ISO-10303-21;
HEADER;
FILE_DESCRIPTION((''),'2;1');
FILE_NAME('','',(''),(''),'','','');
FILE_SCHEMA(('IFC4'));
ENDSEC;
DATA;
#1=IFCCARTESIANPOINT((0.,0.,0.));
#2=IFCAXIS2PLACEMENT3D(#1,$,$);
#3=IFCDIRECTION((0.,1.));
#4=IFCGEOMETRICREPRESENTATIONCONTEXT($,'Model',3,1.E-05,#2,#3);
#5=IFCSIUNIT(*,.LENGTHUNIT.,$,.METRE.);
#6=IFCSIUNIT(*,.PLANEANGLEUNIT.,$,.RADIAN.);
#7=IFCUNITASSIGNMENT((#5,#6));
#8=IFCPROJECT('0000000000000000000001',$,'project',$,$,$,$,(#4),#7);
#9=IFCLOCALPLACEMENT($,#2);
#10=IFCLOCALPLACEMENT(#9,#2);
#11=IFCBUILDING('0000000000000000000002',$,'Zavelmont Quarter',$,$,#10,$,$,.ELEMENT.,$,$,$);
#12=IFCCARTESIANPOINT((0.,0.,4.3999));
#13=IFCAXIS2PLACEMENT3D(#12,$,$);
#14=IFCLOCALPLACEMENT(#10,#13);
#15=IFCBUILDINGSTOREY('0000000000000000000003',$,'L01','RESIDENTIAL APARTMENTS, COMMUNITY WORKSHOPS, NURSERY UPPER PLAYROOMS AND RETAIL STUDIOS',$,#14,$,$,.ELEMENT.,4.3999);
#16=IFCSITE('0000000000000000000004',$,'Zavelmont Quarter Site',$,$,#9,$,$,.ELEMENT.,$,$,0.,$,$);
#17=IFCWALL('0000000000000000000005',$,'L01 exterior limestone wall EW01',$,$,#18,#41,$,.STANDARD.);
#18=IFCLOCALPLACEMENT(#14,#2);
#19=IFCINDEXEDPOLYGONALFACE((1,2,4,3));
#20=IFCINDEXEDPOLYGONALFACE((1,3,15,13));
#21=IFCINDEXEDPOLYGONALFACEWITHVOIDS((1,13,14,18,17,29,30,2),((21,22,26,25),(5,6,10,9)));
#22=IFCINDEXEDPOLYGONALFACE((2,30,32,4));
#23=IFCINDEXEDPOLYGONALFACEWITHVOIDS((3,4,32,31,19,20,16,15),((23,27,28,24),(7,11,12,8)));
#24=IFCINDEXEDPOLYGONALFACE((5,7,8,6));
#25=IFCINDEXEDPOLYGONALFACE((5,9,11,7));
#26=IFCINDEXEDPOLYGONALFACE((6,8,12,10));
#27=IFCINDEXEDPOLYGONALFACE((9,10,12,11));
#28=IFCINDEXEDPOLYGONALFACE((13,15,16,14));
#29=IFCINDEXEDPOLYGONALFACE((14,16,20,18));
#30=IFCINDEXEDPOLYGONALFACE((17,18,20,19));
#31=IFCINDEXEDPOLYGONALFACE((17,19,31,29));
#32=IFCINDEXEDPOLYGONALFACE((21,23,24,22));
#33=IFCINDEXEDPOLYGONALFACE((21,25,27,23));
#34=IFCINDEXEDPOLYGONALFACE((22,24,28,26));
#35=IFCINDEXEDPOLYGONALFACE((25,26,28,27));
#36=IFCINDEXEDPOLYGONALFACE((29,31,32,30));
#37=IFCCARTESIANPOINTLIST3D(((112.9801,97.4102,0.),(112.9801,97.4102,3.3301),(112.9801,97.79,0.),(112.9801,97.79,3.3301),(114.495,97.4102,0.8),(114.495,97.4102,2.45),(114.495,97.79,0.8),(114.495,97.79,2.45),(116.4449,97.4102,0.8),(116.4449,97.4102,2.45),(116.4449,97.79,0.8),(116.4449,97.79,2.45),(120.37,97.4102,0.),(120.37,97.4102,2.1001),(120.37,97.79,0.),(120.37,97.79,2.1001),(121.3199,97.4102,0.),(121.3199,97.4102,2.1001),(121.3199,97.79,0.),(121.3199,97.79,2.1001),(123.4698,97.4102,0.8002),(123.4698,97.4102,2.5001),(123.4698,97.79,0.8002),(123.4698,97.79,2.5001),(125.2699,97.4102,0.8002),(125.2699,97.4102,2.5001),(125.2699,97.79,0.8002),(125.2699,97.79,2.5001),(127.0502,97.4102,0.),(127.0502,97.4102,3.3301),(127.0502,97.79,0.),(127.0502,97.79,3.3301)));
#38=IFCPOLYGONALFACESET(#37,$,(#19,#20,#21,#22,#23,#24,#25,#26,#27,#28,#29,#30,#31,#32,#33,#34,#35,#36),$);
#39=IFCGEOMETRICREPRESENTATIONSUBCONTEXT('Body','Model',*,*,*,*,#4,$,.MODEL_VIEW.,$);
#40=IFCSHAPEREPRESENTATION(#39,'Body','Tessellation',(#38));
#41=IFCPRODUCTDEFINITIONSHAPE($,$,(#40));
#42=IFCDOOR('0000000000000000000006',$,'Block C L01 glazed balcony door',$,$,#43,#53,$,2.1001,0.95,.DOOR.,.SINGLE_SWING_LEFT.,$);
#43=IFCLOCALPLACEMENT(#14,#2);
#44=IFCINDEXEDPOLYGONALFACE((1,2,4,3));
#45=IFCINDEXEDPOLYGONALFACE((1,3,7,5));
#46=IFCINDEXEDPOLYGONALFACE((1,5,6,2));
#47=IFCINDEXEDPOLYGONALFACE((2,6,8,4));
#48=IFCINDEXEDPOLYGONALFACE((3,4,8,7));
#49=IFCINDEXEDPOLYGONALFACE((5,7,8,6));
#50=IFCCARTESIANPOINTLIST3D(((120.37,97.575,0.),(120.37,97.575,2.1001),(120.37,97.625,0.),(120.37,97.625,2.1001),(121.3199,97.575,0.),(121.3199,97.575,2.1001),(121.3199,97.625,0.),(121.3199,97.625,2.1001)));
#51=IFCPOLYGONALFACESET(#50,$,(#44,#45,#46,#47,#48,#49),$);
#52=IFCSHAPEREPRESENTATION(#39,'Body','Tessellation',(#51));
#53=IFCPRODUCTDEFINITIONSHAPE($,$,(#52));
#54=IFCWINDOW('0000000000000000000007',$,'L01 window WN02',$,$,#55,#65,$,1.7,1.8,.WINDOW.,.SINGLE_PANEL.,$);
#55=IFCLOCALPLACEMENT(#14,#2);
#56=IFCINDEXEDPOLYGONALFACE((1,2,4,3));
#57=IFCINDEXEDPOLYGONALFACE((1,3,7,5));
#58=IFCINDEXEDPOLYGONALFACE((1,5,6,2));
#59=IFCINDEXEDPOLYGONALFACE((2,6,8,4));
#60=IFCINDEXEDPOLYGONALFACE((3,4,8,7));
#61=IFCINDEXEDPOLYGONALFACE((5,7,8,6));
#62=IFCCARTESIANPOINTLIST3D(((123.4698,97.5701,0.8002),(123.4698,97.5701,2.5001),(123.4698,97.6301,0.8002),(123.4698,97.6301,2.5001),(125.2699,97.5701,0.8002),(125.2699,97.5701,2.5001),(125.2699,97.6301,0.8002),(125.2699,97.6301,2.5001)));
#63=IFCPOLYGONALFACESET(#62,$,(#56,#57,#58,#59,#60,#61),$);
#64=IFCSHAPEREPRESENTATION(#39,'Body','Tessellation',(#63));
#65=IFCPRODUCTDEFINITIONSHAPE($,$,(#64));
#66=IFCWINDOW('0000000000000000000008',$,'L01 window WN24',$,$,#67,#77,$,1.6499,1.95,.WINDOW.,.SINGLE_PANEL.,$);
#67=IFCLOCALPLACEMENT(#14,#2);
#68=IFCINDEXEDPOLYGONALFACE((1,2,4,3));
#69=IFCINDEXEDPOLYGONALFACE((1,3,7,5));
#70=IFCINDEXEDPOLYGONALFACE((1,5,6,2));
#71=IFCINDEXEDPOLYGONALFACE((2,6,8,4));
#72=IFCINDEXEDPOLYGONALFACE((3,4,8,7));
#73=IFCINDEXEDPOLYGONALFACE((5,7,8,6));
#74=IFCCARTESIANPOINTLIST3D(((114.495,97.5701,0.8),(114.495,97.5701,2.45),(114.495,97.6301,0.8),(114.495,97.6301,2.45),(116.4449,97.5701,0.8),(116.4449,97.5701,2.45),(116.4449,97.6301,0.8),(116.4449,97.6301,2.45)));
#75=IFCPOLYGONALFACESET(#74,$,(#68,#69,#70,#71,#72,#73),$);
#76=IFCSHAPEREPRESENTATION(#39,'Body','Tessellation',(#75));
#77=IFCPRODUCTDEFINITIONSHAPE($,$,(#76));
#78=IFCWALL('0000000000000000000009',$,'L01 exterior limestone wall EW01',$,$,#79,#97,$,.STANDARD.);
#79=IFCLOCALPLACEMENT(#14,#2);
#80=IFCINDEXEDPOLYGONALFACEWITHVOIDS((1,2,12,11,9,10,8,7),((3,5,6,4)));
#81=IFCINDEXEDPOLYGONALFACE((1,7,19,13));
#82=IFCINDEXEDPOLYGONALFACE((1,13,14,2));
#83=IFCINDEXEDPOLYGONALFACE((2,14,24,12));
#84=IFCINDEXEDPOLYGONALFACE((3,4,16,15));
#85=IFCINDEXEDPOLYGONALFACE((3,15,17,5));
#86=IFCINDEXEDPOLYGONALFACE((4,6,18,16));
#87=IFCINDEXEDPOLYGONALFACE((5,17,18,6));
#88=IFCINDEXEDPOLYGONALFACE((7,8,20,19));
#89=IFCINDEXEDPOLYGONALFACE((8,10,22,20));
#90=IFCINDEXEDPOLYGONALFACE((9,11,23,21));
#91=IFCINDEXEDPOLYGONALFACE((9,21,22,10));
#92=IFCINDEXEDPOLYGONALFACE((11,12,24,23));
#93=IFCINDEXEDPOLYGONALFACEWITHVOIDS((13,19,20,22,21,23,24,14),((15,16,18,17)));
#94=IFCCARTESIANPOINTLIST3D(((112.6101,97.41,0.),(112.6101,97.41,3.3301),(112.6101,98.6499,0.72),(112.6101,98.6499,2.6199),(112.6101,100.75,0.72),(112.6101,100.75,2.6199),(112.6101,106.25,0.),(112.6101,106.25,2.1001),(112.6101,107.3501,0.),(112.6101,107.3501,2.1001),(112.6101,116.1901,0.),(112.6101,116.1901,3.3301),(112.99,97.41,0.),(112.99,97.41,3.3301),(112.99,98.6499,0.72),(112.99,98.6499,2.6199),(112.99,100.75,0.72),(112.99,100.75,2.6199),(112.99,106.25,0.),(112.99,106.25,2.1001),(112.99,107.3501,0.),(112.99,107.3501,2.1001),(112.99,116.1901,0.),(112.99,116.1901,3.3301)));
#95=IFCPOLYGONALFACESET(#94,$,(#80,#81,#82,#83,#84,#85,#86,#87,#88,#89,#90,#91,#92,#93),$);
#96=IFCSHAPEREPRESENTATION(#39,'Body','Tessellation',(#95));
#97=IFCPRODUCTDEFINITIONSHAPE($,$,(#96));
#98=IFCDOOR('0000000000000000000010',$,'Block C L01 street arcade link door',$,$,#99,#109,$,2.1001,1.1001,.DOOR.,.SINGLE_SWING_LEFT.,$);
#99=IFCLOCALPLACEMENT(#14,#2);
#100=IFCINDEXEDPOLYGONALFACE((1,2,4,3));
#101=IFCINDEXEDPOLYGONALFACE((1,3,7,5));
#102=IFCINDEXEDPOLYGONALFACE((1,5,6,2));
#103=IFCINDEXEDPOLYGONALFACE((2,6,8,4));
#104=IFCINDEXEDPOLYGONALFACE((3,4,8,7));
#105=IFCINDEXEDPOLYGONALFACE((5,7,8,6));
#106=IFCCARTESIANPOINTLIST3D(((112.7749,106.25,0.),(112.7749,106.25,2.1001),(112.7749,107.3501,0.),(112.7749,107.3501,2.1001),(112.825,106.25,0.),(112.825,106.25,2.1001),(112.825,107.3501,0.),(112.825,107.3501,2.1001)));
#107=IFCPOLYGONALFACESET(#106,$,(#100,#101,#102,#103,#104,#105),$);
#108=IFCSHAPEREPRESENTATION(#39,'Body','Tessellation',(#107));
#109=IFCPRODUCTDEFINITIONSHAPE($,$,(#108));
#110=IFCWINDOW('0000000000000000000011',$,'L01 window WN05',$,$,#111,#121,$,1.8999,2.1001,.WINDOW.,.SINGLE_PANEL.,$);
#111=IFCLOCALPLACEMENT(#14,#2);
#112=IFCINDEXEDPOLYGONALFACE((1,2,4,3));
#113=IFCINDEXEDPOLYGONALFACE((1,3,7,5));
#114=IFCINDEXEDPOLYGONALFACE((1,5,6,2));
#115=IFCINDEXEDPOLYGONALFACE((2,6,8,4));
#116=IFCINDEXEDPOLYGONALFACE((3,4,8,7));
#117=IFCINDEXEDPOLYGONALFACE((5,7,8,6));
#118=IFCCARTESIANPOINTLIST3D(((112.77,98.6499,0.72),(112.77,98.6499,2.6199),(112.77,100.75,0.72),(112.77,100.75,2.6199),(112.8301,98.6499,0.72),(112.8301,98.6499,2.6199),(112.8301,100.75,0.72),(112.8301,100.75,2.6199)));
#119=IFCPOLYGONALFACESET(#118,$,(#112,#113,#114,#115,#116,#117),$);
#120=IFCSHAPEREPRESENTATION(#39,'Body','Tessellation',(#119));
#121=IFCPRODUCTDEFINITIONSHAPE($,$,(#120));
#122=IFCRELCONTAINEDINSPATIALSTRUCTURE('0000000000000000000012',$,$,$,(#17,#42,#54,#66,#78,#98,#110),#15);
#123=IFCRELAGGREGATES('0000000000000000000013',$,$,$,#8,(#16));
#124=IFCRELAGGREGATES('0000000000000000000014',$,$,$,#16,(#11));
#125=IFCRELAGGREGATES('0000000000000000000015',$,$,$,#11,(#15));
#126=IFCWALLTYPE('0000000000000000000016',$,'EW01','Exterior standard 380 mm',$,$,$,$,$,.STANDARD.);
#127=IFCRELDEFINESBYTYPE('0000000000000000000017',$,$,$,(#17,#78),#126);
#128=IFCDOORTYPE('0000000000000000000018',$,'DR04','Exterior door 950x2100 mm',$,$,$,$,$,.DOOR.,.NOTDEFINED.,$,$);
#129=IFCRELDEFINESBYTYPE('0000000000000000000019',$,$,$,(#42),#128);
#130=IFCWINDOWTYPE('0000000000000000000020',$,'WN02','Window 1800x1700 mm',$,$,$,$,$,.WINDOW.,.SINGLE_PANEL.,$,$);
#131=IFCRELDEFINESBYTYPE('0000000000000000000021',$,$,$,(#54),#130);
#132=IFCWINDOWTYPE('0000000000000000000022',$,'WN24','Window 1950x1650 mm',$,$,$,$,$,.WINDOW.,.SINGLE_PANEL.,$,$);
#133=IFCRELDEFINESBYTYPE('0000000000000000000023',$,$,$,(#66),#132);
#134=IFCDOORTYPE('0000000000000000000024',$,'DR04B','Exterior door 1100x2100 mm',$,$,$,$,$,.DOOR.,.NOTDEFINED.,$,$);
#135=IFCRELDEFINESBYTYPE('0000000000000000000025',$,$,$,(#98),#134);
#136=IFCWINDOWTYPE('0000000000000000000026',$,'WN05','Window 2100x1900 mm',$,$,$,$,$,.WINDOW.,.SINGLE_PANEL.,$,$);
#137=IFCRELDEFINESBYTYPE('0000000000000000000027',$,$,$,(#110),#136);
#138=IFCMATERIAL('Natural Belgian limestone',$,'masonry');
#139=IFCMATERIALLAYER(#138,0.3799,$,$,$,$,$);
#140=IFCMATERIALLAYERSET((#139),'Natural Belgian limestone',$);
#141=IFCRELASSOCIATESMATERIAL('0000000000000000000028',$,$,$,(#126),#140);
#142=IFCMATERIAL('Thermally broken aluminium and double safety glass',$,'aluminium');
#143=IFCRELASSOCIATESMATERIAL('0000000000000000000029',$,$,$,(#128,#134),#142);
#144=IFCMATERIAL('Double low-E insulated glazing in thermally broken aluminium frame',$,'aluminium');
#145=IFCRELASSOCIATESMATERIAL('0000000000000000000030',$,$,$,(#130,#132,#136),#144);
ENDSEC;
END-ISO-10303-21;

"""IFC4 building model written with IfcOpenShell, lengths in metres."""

from ifc_helpers import new_model, si_unit, direction, frame, frame_2d, origin, origin_with_axes, place, context, subcontext, project, spatial, rectangle, extrude, material, layer, layer_set, type_object, element, fill, save


model = new_model("IFC4")

# Units and contexts
model_context = context("Model", 3, precision=1e-05, world=origin(), true_north=direction((0.0, 1.0)))
body_context = subcontext(model_context, "Body", "Model", "MODEL_VIEW")
ifc_project = project(units=[si_unit("LENGTHUNIT", "METRE"), si_unit("PLANEANGLEUNIT", "RADIAN")], contexts=[model_context])

# Site, building, storey
site_placement = place(None, origin())
site = spatial("IfcSite", under=ifc_project, at=site_placement, Name="Zavelmont Quarter Site", CompositionType="ELEMENT", RefElevation=0.0)
building_placement = place(site_placement, origin())
building = spatial("IfcBuilding", under=site, at=building_placement, Name="Zavelmont Quarter", CompositionType="ELEMENT")
storey_placement = place(building_placement, frame((0.0, 0.0, 4.3999)))
storey = spatial("IfcBuildingStorey", under=building, at=storey_placement, Name="L01", Description="RESIDENTIAL APARTMENTS, COMMUNITY WORKSHOPS, NURSERY UPPER PLAYROOMS AND RETAIL STUDIOS", CompositionType="ELEMENT", Elevation=4.3999)

# Wall, openings, door, windows
ifc_material_1 = material(Name="Natural Belgian limestone", Category="masonry")
ifc_layer_1 = layer(ifc_material_1, 0.3799)
ifc_layer_set_1 = layer_set([ifc_layer_1], Name="Natural Belgian limestone")
wall_type_1 = type_object("IfcWallType", Name="EW01", Description="Exterior standard 380 mm", PredefinedType="STANDARD", material=ifc_layer_set_1)
wall_1_placement = place(storey_placement, frame((112.98, 97.6001, 0.0), z_axis=(0.0, 0.0, 1.0), x_axis=(1.0, 0.0, 0.0)))
wall_1 = element("IfcWall", 1, at=wall_1_placement, inside=storey, type_object=wall_type_1, Name="L01 exterior limestone wall EW01", PredefinedType="STANDARD", context=body_context, shape_type="SweptSolid", body=[
    extrude(rectangle(XDim=14.0701, YDim=0.3799, at=frame_2d((7.0352, 0.0))), origin(), (0.0, 0.0, 1.0), 3.3301),
])
opening_1_placement = place(wall_1_placement, frame((7.3899, 0.0, 0.0)))
opening_1 = element("IfcOpeningElement", 2, at=opening_1_placement, cuts=wall_1, PredefinedType="OPENING", context=body_context, shape_type="SweptSolid", body=[
    extrude(rectangle(XDim=0.95, YDim=2.1001, at=frame_2d((0.4751, 1.05))), frame((0.0, 0.2019, 0.0), z_axis=(0.0, -1.0, 0.0), x_axis=(1.0, 0.0, 0.0)), (0.0, 0.0, 1.0), 0.4038),
])
opening_2_placement = place(wall_1_placement, frame((1.5149, 0.0, 0.8)))
opening_2 = element("IfcOpeningElement", 3, at=opening_2_placement, cuts=wall_1, PredefinedType="OPENING", context=body_context, shape_type="SweptSolid", body=[
    extrude(rectangle(XDim=1.95, YDim=1.6499, at=frame_2d((0.9751, 0.825))), frame((0.0, 0.2019, 0.0), z_axis=(0.0, -1.0, 0.0), x_axis=(1.0, 0.0, 0.0)), (0.0, 0.0, 1.0), 0.4038),
])
opening_3_placement = place(wall_1_placement, frame((10.49, 0.0, 0.8)))
opening_3 = element("IfcOpeningElement", 4, at=opening_3_placement, cuts=wall_1, PredefinedType="OPENING", context=body_context, shape_type="SweptSolid", body=[
    extrude(rectangle(XDim=1.8, YDim=1.7, at=frame_2d((0.8999, 0.8501))), frame((0.0, 0.2019, 0.0), z_axis=(0.0, -1.0, 0.0), x_axis=(1.0, 0.0, 0.0)), (0.0, 0.0, 1.0), 0.4038),
])
ifc_material_2 = material(Name="Thermally broken aluminium and double safety glass", Category="aluminium")
door_type_1 = type_object("IfcDoorType", Name="DR04", Description="Exterior door 950x2100 mm", OperationType="NOTDEFINED", PredefinedType="DOOR", material=ifc_material_2)
door_1_placement = place(opening_1_placement, origin_with_axes())
door_1 = element("IfcDoor", 5, at=door_1_placement, inside=storey, type_object=door_type_1, Name="Block C L01 glazed balcony door", OperationType="SINGLE_SWING_LEFT", OverallHeight=2.1001, OverallWidth=0.95, PredefinedType="DOOR", context=body_context, shape_type="SweptSolid", body=[
    extrude(rectangle(XDim=0.95, YDim=2.1001, at=frame_2d((0.4751, 1.05))), frame((0.0, 0.0249, 0.0), z_axis=(0.0, -1.0, 0.0), x_axis=(1.0, 0.0, 0.0)), (0.0, 0.0, 1.0), 0.05),
])
fill(opening_1, door_1)
ifc_material_3 = material(Name="Double low-E insulated glazing in thermally broken aluminium frame", Category="aluminium")
window_type_1 = type_object("IfcWindowType", Name="WN02", Description="Window 1800x1700 mm", PartitioningType="SINGLE_PANEL", PredefinedType="WINDOW", material=ifc_material_3)
window_1_placement = place(opening_3_placement, origin_with_axes())
window_1 = element("IfcWindow", 6, at=window_1_placement, inside=storey, type_object=window_type_1, Name="L01 window WN02", OverallHeight=1.7, OverallWidth=1.8, PartitioningType="SINGLE_PANEL", PredefinedType="WINDOW", context=body_context, shape_type="SweptSolid", body=[
    extrude(rectangle(XDim=1.8, YDim=1.7, at=frame_2d((0.8999, 0.8501))), frame((0.0, 0.03, 0.0), z_axis=(0.0, -1.0, 0.0), x_axis=(1.0, 0.0, 0.0)), (0.0, 0.0, 1.0), 0.0601),
])
fill(opening_3, window_1)
window_type_2 = type_object("IfcWindowType", Name="WN24", Description="Window 1950x1650 mm", PartitioningType="SINGLE_PANEL", PredefinedType="WINDOW", material=ifc_material_3)
window_2_placement = place(opening_2_placement, origin_with_axes())
window_2 = element("IfcWindow", 7, at=window_2_placement, inside=storey, type_object=window_type_2, Name="L01 window WN24", OverallHeight=1.6499, OverallWidth=1.95, PartitioningType="SINGLE_PANEL", PredefinedType="WINDOW", context=body_context, shape_type="SweptSolid", body=[
    extrude(rectangle(XDim=1.95, YDim=1.6499, at=frame_2d((0.9751, 0.825))), frame((0.0, 0.03, 0.0), z_axis=(0.0, -1.0, 0.0), x_axis=(1.0, 0.0, 0.0)), (0.0, 0.0, 1.0), 0.0601),
])
fill(opening_2, window_2)

# Wall, openings, door, window
wall_2_placement = place(storey_placement, frame((112.8, 97.4099, 0.0), z_axis=(0.0, 0.0, 1.0), x_axis=(0.0, 1.0, 0.0)))
wall_2 = element("IfcWall", 8, at=wall_2_placement, inside=storey, type_object=wall_type_1, Name="L01 exterior limestone wall EW01", PredefinedType="STANDARD", context=body_context, shape_type="SweptSolid", body=[
    extrude(rectangle(XDim=18.78, YDim=0.3799, at=frame_2d((9.3901, 0.0))), origin(), (0.0, 0.0, 1.0), 3.3301),
])
opening_4_placement = place(wall_2_placement, frame((8.8401, 0.0, 0.0)))
opening_4 = element("IfcOpeningElement", 9, at=opening_4_placement, cuts=wall_2, PredefinedType="OPENING", context=body_context, shape_type="SweptSolid", body=[
    extrude(rectangle(XDim=1.1001, YDim=2.1001, at=frame_2d((0.55, 1.05))), frame((0.0, 0.2019, 0.0), z_axis=(0.0, -1.0, 0.0), x_axis=(1.0, 0.0, 0.0)), (0.0, 0.0, 1.0), 0.4038),
])
opening_5_placement = place(wall_2_placement, frame((1.24, 0.0, 0.72)))
opening_5 = element("IfcOpeningElement", 10, at=opening_5_placement, cuts=wall_2, PredefinedType="OPENING", context=body_context, shape_type="SweptSolid", body=[
    extrude(rectangle(XDim=2.1001, YDim=1.8999, at=frame_2d((1.05, 0.95))), frame((0.0, 0.2019, 0.0), z_axis=(0.0, -1.0, 0.0), x_axis=(1.0, 0.0, 0.0)), (0.0, 0.0, 1.0), 0.4038),
])
door_type_2 = type_object("IfcDoorType", Name="DR04B", Description="Exterior door 1100x2100 mm", OperationType="NOTDEFINED", PredefinedType="DOOR", material=ifc_material_2)
door_2_placement = place(opening_4_placement, frame((1.1001, 0.0, 0.0), z_axis=(0.0, 0.0, 1.0), x_axis=(-1.0, 0.0, 0.0)))
door_2 = element("IfcDoor", 11, at=door_2_placement, inside=storey, type_object=door_type_2, Name="Block C L01 street arcade link door", OperationType="SINGLE_SWING_LEFT", OverallHeight=2.1001, OverallWidth=1.1001, PredefinedType="DOOR", context=body_context, shape_type="SweptSolid", body=[
    extrude(rectangle(XDim=1.1001, YDim=2.1001, at=frame_2d((0.55, 1.05))), frame((0.0, 0.0249, 0.0), z_axis=(0.0, -1.0, 0.0), x_axis=(1.0, 0.0, 0.0)), (0.0, 0.0, 1.0), 0.05),
])
fill(opening_4, door_2)
window_type_3 = type_object("IfcWindowType", Name="WN05", Description="Window 2100x1900 mm", PartitioningType="SINGLE_PANEL", PredefinedType="WINDOW", material=ifc_material_3)
window_3_placement = place(opening_5_placement, origin_with_axes())
window_3 = element("IfcWindow", 12, at=window_3_placement, inside=storey, type_object=window_type_3, Name="L01 window WN05", OverallHeight=1.8999, OverallWidth=2.1001, PartitioningType="SINGLE_PANEL", PredefinedType="WINDOW", context=body_context, shape_type="SweptSolid", body=[
    extrude(rectangle(XDim=2.1001, YDim=1.8999, at=frame_2d((1.05, 0.95))), frame((0.0, 0.03, 0.0), z_axis=(0.0, -1.0, 0.0), x_axis=(1.0, 0.0, 0.0)), (0.0, 0.0, 1.0), 0.0601),
])
fill(opening_5, window_3)

save(model, "model.ifc")
